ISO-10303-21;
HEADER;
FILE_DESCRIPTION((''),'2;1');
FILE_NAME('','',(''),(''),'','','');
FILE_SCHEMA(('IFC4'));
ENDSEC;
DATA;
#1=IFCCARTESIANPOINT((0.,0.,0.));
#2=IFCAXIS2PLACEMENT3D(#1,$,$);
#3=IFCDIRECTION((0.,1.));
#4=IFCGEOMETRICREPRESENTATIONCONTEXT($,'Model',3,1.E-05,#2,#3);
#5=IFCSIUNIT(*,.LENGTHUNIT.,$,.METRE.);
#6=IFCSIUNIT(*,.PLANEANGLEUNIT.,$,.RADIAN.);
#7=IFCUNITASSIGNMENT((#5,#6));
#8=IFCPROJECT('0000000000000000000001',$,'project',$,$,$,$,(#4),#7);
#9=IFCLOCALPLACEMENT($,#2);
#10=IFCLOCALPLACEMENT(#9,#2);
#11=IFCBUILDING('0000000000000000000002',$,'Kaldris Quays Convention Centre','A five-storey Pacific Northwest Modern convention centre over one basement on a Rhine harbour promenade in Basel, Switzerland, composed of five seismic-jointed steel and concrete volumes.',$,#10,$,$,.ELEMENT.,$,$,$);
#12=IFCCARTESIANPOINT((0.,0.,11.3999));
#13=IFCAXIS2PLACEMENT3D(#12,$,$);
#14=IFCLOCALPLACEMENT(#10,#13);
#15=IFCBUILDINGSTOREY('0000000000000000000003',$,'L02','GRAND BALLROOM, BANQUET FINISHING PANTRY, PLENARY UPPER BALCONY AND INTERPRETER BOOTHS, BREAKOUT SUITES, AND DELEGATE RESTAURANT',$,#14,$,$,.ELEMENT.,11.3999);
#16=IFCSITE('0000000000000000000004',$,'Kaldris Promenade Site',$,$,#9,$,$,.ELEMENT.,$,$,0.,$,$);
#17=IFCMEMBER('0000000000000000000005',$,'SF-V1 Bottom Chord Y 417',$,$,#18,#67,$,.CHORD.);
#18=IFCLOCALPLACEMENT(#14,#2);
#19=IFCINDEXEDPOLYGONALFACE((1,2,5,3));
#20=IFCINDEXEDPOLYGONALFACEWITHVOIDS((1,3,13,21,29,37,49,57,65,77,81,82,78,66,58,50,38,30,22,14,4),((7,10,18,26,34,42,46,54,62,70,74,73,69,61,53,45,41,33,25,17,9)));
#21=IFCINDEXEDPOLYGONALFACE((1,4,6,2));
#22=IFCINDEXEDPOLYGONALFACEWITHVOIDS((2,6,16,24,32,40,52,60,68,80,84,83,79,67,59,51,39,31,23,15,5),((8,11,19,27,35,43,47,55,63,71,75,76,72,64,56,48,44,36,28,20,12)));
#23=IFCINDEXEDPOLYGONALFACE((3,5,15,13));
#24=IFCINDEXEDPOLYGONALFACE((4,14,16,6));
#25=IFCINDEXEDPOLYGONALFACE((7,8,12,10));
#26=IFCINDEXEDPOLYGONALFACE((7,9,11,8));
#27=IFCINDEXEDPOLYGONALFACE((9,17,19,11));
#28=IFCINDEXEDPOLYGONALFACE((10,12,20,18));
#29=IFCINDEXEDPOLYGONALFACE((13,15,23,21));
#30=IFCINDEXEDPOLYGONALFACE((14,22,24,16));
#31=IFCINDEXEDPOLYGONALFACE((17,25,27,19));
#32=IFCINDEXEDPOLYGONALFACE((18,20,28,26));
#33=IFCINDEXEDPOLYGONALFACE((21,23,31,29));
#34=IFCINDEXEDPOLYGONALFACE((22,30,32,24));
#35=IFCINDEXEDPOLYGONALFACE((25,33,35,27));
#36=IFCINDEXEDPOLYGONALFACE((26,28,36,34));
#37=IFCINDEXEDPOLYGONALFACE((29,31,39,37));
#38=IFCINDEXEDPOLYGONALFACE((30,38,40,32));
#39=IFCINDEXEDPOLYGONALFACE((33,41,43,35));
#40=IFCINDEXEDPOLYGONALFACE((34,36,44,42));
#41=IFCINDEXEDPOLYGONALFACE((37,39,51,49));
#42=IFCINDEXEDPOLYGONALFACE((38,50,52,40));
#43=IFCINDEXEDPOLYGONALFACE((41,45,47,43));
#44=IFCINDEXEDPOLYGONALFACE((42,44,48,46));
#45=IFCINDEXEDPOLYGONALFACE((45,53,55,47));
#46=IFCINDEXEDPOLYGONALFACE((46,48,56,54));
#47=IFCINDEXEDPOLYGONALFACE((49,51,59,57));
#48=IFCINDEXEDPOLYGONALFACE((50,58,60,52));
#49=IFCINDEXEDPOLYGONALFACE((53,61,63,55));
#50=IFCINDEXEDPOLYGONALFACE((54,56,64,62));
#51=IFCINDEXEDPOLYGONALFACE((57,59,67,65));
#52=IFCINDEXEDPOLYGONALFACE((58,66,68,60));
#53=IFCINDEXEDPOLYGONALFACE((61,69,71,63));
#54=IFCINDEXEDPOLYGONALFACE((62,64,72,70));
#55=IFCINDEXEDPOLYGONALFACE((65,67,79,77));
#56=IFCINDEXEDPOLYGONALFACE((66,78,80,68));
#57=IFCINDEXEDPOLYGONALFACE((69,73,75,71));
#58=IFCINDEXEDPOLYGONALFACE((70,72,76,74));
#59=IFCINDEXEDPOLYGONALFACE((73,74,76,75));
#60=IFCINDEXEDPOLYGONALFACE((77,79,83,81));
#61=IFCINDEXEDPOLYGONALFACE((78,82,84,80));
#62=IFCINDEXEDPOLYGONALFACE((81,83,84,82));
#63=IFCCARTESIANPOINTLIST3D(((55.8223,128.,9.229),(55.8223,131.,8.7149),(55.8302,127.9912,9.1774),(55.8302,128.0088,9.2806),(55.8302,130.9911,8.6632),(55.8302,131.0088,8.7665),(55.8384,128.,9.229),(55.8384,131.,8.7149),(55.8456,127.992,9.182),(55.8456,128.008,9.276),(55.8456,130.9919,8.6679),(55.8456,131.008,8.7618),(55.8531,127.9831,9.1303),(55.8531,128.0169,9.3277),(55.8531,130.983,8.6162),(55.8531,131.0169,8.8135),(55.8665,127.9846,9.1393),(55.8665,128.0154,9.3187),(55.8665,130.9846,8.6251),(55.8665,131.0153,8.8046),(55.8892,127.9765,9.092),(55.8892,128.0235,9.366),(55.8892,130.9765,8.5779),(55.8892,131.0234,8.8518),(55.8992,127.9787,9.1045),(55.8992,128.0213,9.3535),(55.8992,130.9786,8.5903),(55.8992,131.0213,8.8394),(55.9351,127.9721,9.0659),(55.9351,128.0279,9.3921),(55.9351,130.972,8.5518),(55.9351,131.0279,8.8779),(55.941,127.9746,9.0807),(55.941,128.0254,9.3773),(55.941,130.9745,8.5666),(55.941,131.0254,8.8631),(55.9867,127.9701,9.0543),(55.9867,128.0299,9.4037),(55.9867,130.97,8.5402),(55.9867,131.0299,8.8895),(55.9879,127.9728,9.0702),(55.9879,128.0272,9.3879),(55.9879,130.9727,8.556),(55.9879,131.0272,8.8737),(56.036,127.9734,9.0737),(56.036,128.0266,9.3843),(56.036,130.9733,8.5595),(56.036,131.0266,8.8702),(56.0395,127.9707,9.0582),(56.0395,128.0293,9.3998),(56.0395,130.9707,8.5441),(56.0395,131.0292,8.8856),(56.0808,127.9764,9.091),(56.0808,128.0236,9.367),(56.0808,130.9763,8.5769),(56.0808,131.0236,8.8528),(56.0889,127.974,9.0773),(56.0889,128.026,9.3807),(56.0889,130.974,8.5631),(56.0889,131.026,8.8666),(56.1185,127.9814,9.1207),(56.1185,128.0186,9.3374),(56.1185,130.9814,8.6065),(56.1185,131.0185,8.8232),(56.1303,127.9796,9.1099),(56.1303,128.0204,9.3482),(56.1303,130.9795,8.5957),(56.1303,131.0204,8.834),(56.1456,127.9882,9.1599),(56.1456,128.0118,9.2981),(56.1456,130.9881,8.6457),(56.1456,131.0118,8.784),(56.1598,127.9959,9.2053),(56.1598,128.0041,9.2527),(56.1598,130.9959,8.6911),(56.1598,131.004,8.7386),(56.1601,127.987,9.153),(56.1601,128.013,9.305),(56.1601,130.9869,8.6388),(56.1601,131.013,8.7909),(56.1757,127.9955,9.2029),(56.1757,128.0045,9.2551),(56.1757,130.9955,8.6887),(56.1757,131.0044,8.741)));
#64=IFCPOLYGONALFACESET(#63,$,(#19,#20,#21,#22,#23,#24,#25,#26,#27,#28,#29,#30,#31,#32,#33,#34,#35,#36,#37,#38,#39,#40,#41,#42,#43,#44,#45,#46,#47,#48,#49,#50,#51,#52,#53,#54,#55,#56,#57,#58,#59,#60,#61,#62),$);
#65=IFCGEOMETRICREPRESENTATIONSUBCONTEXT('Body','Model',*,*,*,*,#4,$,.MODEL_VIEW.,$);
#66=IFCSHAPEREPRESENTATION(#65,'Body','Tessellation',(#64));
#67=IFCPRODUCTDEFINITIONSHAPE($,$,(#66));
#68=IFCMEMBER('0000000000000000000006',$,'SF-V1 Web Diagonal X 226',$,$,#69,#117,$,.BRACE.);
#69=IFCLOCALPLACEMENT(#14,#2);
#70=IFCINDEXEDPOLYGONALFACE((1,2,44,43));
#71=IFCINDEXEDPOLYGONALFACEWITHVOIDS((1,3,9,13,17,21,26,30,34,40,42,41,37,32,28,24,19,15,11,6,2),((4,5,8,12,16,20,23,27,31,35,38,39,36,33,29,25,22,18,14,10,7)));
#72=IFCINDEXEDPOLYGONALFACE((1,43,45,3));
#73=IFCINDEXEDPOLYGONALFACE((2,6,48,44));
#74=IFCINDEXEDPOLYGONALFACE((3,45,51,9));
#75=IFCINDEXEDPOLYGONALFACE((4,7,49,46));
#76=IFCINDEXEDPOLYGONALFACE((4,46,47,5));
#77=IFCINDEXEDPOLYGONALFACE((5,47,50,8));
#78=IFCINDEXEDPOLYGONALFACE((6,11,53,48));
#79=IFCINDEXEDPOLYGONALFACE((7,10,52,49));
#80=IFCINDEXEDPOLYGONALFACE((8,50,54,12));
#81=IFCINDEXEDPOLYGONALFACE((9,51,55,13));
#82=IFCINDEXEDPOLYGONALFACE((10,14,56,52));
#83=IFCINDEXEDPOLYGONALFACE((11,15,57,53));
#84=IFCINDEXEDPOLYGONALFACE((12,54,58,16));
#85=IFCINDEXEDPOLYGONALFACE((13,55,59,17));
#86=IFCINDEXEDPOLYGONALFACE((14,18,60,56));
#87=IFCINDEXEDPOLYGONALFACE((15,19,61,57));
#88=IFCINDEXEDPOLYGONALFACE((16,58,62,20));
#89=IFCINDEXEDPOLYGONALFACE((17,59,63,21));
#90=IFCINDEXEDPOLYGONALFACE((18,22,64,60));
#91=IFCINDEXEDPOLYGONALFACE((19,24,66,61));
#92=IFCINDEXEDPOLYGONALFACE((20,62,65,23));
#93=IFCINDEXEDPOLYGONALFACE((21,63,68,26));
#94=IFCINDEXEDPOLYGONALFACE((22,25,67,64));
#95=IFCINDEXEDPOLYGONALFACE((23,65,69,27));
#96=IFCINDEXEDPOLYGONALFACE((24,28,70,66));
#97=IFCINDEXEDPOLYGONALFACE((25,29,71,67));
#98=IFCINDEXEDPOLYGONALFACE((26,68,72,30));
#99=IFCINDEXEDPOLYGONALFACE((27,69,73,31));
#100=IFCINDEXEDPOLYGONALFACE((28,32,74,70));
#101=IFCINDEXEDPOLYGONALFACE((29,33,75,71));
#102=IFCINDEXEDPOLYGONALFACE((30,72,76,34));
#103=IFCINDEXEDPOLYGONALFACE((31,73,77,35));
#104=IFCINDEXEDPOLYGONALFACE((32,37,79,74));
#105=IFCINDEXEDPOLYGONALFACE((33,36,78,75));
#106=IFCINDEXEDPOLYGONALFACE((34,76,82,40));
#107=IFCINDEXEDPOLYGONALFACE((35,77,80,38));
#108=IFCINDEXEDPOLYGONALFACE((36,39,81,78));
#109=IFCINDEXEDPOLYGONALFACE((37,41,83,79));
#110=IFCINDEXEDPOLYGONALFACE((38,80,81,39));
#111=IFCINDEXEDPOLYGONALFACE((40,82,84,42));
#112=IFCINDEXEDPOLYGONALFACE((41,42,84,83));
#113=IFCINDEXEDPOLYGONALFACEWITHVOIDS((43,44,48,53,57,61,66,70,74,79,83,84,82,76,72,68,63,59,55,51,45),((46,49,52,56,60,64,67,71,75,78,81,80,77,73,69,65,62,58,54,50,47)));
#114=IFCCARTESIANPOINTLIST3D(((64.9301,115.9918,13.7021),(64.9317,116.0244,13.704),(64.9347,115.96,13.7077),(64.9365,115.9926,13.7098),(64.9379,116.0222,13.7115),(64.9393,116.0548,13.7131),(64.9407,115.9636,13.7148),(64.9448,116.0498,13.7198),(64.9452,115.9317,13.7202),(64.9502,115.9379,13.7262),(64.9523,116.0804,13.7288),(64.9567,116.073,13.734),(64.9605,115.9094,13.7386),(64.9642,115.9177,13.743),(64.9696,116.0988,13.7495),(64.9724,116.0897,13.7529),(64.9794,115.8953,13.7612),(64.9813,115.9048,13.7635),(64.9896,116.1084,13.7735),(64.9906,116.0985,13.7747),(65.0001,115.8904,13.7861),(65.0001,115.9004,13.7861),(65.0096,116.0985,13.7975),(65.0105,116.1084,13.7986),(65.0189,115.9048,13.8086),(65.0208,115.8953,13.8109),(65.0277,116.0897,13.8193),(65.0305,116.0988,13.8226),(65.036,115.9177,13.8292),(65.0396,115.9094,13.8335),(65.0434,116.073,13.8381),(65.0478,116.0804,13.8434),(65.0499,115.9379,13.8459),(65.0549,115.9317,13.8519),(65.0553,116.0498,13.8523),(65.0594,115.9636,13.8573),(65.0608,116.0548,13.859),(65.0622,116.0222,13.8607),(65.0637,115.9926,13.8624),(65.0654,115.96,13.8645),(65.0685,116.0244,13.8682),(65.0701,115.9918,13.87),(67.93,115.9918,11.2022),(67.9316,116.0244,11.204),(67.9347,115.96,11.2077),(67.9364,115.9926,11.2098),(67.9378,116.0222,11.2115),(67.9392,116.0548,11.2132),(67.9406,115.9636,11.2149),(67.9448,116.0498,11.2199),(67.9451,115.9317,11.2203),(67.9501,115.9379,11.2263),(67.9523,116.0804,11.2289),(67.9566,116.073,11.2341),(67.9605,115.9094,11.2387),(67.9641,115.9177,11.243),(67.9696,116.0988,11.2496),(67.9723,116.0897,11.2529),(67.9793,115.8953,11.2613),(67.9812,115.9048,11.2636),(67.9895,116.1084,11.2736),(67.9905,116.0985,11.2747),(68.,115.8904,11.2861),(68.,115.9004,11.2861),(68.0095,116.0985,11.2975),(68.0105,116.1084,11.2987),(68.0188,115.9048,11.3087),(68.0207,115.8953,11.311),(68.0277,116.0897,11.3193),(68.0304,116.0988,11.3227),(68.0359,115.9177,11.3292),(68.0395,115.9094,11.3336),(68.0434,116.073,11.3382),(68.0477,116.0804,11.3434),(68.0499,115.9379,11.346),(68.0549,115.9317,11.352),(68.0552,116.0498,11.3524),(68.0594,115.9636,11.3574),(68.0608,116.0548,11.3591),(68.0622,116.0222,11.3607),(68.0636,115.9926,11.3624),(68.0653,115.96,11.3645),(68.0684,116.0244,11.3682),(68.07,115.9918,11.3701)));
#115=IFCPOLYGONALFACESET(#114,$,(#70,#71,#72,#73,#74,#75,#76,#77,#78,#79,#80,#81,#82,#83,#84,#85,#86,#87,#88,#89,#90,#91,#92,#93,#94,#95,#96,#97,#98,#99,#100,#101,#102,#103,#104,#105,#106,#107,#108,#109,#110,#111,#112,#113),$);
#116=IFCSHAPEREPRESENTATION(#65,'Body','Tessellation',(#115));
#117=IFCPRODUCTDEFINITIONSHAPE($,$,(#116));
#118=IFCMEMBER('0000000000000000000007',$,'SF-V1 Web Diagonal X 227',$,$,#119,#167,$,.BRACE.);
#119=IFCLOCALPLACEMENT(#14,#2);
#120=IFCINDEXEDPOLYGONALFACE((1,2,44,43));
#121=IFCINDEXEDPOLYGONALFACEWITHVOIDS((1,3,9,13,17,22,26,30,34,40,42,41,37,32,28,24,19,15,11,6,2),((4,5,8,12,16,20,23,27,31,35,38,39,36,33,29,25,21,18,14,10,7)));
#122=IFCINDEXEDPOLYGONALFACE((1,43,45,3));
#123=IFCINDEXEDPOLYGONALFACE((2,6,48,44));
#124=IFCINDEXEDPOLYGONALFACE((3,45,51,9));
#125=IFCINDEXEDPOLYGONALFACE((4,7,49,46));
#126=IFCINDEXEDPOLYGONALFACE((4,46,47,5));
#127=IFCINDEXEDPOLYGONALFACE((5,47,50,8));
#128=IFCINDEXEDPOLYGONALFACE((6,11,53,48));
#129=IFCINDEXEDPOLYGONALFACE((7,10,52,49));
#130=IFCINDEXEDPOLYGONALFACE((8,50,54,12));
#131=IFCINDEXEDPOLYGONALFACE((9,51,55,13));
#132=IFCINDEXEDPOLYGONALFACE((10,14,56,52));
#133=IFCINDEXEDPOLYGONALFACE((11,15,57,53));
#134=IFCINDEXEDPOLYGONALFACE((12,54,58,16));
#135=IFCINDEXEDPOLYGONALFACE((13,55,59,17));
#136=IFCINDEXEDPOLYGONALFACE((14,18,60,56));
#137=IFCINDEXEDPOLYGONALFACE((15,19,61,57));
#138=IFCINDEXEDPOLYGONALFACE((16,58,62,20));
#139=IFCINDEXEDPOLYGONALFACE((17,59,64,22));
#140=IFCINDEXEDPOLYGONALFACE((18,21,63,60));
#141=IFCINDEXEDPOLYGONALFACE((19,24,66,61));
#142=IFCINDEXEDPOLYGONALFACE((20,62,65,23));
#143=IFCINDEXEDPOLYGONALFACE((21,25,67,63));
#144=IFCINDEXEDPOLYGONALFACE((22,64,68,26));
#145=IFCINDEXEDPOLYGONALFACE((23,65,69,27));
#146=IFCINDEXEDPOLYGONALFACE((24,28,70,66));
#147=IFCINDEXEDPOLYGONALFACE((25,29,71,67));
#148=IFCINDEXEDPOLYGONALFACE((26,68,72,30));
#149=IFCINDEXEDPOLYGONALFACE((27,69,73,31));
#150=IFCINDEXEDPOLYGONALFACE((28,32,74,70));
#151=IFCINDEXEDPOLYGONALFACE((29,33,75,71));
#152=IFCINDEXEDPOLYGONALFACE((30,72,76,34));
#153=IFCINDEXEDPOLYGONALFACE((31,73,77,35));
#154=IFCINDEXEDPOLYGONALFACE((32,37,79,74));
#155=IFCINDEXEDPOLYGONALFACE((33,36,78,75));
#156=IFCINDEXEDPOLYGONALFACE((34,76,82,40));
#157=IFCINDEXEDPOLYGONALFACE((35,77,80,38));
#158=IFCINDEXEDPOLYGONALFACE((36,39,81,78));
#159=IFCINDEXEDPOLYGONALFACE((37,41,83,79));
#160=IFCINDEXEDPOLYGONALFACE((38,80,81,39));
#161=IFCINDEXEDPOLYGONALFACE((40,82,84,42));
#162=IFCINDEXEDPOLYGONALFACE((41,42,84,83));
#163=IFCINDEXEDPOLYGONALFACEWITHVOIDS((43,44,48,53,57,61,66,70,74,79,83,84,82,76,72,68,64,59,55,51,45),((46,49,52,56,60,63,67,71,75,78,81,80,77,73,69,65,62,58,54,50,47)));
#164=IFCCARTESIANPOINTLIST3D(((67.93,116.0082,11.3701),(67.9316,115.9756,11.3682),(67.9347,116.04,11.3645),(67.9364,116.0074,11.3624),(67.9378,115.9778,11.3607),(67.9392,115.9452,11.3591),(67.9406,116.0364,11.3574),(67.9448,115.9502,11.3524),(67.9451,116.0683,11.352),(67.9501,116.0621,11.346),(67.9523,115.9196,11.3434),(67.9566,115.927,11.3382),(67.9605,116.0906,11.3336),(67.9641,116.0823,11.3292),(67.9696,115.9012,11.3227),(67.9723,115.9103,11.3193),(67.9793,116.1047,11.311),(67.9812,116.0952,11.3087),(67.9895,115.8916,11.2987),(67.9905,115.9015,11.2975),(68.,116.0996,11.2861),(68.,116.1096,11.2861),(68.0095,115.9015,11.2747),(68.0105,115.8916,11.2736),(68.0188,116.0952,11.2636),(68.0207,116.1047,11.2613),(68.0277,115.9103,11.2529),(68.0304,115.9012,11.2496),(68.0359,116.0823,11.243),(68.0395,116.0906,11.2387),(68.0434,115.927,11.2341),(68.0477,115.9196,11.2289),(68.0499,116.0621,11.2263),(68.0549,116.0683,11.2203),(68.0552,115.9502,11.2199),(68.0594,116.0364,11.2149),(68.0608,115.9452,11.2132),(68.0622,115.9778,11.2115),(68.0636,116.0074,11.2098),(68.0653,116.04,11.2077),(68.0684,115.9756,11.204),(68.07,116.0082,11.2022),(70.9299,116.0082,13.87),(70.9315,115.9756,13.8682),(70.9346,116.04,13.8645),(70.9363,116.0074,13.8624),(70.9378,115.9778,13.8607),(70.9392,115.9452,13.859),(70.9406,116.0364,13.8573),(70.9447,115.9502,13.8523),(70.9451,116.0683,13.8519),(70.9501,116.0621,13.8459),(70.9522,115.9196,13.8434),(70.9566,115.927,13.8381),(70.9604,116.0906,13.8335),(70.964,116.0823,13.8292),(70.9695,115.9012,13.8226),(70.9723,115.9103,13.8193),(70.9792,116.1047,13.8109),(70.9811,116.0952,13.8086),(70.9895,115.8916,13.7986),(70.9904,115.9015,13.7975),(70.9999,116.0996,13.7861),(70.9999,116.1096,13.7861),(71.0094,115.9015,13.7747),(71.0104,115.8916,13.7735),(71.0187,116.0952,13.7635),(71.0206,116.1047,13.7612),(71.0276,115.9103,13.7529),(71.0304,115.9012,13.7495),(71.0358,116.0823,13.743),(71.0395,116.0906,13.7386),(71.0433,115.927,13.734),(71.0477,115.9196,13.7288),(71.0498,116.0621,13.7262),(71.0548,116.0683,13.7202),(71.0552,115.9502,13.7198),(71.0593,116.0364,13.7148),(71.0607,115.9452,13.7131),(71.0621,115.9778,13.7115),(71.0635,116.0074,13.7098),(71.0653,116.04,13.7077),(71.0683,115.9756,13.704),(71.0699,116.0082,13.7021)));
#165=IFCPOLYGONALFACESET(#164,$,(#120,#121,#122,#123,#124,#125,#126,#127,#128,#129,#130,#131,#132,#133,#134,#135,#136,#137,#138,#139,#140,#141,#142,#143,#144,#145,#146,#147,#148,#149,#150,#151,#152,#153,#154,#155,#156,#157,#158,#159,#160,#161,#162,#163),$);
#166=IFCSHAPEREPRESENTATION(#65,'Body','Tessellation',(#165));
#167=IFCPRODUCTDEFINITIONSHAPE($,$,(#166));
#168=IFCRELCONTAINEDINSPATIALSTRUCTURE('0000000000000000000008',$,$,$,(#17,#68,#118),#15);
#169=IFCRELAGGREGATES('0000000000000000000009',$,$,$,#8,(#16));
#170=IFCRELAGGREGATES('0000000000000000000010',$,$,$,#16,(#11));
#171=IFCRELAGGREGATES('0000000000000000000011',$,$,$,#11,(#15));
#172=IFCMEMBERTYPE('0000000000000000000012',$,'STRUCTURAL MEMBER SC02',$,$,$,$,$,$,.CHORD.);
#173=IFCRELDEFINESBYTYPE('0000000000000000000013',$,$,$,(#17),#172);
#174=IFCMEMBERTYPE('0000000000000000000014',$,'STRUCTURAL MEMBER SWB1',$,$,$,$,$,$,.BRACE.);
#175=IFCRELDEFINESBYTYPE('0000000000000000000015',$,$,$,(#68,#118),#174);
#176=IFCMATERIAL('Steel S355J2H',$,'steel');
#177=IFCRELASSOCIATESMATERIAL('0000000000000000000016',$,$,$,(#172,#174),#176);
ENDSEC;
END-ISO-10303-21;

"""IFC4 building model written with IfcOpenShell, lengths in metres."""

from ifc_helpers import new_model, si_unit, direction, frame, origin, origin_2d, place, context, subcontext, project, spatial, hollow_circle, extrude, material, material_profile, profile_set, type_object, element, save


model = new_model("IFC4")

# Units and contexts
model_context = context("Model", 3, precision=1e-05, world=origin(), true_north=direction((0.0, 1.0)))
body_context = subcontext(model_context, "Body", "Model", "MODEL_VIEW")
ifc_project = project(units=[si_unit("LENGTHUNIT", "METRE"), si_unit("PLANEANGLEUNIT", "RADIAN")], contexts=[model_context])

# Site, building, storey
site_placement = place(None, origin())
site = spatial("IfcSite", under=ifc_project, at=site_placement, Name="Kaldris Promenade Site", CompositionType="ELEMENT", RefElevation=0.0)
building_placement = place(site_placement, origin())
building = spatial("IfcBuilding", under=site, at=building_placement, Name="Kaldris Quays Convention Centre", Description="A five-storey Pacific Northwest Modern convention centre over one basement on a Rhine harbour promenade in Basel, Switzerland, composed of five seismic-jointed steel and concrete volumes.", CompositionType="ELEMENT")
storey_placement = place(building_placement, frame((0.0, 0.0, 11.3999)))
storey = spatial("IfcBuildingStorey", under=building, at=storey_placement, Name="L02", Description="GRAND BALLROOM, BANQUET FINISHING PANTRY, PLENARY UPPER BALCONY AND INTERPRETER BOOTHS, BREAKOUT SUITES, AND DELEGATE RESTAURANT", CompositionType="ELEMENT", Elevation=11.3999)

# Members
ifc_material_1 = material(Name="Steel S355J2H", Category="steel")
ifc_material_profile_1 = material_profile(ifc_material_1, hollow_circle(Radius=0.1777, WallThickness=0.0161, at=origin_2d()), Name="CHS 355.6x16")
ifc_profile_set_1 = profile_set([ifc_material_profile_1], Name="Steel S355J2H")
member_type_1 = type_object("IfcMemberType", Name="STRUCTURAL MEMBER SC02", PredefinedType="CHORD", material=ifc_profile_set_1)
for number, where, z_axis, x_axis, name in (
    (1, (56.0, 128.0, 9.229), (0.0, 0.985629, -0.168924), (-1.0, 0.0, 0.0), "SF-V1 Bottom Chord Y 417"),
):
    element("IfcMember", number, at=place(storey_placement, frame(where, z_axis=z_axis, x_axis=x_axis)), inside=storey, type_object=member_type_1, Name=name, PredefinedType="CHORD", context=body_context, shape_type="SweptSolid", body=[
        extrude(hollow_circle(Radius=0.1777, WallThickness=0.0161, at=origin_2d()), origin(), (0.0, 0.0, 1.0), 3.0437),
    ])
ifc_material_profile_2 = material_profile(ifc_material_1, hollow_circle(Radius=0.1096, WallThickness=0.01, at=origin_2d()), Name="CHS 219.1x10")
ifc_profile_set_2 = profile_set([ifc_material_profile_2], Name="Steel S355J2H")
member_type_2 = type_object("IfcMemberType", Name="STRUCTURAL MEMBER SWB1", PredefinedType="BRACE", material=ifc_profile_set_2)
for number, where, z_axis, x_axis, name in (
    (2, (68.0, 116.0, 11.2861), (-0.768221, 0.0, 0.640184), (0.0, -1.0, 0.0), "SF-V1 Web Diagonal X 226"),
    (3, (68.0, 116.0, 11.2861), (0.768221, 0.0, 0.640184), (0.0, 1.0, 0.0), "SF-V1 Web Diagonal X 227"),
):
    element("IfcMember", number, at=place(storey_placement, frame(where, z_axis=z_axis, x_axis=x_axis)), inside=storey, type_object=member_type_2, Name=name, PredefinedType="BRACE", context=body_context, shape_type="SweptSolid", body=[
        extrude(hollow_circle(Radius=0.1096, WallThickness=0.01, at=origin_2d()), origin(), (0.0, 0.0, 1.0), 3.905),
    ])

save(model, "model.ifc")
